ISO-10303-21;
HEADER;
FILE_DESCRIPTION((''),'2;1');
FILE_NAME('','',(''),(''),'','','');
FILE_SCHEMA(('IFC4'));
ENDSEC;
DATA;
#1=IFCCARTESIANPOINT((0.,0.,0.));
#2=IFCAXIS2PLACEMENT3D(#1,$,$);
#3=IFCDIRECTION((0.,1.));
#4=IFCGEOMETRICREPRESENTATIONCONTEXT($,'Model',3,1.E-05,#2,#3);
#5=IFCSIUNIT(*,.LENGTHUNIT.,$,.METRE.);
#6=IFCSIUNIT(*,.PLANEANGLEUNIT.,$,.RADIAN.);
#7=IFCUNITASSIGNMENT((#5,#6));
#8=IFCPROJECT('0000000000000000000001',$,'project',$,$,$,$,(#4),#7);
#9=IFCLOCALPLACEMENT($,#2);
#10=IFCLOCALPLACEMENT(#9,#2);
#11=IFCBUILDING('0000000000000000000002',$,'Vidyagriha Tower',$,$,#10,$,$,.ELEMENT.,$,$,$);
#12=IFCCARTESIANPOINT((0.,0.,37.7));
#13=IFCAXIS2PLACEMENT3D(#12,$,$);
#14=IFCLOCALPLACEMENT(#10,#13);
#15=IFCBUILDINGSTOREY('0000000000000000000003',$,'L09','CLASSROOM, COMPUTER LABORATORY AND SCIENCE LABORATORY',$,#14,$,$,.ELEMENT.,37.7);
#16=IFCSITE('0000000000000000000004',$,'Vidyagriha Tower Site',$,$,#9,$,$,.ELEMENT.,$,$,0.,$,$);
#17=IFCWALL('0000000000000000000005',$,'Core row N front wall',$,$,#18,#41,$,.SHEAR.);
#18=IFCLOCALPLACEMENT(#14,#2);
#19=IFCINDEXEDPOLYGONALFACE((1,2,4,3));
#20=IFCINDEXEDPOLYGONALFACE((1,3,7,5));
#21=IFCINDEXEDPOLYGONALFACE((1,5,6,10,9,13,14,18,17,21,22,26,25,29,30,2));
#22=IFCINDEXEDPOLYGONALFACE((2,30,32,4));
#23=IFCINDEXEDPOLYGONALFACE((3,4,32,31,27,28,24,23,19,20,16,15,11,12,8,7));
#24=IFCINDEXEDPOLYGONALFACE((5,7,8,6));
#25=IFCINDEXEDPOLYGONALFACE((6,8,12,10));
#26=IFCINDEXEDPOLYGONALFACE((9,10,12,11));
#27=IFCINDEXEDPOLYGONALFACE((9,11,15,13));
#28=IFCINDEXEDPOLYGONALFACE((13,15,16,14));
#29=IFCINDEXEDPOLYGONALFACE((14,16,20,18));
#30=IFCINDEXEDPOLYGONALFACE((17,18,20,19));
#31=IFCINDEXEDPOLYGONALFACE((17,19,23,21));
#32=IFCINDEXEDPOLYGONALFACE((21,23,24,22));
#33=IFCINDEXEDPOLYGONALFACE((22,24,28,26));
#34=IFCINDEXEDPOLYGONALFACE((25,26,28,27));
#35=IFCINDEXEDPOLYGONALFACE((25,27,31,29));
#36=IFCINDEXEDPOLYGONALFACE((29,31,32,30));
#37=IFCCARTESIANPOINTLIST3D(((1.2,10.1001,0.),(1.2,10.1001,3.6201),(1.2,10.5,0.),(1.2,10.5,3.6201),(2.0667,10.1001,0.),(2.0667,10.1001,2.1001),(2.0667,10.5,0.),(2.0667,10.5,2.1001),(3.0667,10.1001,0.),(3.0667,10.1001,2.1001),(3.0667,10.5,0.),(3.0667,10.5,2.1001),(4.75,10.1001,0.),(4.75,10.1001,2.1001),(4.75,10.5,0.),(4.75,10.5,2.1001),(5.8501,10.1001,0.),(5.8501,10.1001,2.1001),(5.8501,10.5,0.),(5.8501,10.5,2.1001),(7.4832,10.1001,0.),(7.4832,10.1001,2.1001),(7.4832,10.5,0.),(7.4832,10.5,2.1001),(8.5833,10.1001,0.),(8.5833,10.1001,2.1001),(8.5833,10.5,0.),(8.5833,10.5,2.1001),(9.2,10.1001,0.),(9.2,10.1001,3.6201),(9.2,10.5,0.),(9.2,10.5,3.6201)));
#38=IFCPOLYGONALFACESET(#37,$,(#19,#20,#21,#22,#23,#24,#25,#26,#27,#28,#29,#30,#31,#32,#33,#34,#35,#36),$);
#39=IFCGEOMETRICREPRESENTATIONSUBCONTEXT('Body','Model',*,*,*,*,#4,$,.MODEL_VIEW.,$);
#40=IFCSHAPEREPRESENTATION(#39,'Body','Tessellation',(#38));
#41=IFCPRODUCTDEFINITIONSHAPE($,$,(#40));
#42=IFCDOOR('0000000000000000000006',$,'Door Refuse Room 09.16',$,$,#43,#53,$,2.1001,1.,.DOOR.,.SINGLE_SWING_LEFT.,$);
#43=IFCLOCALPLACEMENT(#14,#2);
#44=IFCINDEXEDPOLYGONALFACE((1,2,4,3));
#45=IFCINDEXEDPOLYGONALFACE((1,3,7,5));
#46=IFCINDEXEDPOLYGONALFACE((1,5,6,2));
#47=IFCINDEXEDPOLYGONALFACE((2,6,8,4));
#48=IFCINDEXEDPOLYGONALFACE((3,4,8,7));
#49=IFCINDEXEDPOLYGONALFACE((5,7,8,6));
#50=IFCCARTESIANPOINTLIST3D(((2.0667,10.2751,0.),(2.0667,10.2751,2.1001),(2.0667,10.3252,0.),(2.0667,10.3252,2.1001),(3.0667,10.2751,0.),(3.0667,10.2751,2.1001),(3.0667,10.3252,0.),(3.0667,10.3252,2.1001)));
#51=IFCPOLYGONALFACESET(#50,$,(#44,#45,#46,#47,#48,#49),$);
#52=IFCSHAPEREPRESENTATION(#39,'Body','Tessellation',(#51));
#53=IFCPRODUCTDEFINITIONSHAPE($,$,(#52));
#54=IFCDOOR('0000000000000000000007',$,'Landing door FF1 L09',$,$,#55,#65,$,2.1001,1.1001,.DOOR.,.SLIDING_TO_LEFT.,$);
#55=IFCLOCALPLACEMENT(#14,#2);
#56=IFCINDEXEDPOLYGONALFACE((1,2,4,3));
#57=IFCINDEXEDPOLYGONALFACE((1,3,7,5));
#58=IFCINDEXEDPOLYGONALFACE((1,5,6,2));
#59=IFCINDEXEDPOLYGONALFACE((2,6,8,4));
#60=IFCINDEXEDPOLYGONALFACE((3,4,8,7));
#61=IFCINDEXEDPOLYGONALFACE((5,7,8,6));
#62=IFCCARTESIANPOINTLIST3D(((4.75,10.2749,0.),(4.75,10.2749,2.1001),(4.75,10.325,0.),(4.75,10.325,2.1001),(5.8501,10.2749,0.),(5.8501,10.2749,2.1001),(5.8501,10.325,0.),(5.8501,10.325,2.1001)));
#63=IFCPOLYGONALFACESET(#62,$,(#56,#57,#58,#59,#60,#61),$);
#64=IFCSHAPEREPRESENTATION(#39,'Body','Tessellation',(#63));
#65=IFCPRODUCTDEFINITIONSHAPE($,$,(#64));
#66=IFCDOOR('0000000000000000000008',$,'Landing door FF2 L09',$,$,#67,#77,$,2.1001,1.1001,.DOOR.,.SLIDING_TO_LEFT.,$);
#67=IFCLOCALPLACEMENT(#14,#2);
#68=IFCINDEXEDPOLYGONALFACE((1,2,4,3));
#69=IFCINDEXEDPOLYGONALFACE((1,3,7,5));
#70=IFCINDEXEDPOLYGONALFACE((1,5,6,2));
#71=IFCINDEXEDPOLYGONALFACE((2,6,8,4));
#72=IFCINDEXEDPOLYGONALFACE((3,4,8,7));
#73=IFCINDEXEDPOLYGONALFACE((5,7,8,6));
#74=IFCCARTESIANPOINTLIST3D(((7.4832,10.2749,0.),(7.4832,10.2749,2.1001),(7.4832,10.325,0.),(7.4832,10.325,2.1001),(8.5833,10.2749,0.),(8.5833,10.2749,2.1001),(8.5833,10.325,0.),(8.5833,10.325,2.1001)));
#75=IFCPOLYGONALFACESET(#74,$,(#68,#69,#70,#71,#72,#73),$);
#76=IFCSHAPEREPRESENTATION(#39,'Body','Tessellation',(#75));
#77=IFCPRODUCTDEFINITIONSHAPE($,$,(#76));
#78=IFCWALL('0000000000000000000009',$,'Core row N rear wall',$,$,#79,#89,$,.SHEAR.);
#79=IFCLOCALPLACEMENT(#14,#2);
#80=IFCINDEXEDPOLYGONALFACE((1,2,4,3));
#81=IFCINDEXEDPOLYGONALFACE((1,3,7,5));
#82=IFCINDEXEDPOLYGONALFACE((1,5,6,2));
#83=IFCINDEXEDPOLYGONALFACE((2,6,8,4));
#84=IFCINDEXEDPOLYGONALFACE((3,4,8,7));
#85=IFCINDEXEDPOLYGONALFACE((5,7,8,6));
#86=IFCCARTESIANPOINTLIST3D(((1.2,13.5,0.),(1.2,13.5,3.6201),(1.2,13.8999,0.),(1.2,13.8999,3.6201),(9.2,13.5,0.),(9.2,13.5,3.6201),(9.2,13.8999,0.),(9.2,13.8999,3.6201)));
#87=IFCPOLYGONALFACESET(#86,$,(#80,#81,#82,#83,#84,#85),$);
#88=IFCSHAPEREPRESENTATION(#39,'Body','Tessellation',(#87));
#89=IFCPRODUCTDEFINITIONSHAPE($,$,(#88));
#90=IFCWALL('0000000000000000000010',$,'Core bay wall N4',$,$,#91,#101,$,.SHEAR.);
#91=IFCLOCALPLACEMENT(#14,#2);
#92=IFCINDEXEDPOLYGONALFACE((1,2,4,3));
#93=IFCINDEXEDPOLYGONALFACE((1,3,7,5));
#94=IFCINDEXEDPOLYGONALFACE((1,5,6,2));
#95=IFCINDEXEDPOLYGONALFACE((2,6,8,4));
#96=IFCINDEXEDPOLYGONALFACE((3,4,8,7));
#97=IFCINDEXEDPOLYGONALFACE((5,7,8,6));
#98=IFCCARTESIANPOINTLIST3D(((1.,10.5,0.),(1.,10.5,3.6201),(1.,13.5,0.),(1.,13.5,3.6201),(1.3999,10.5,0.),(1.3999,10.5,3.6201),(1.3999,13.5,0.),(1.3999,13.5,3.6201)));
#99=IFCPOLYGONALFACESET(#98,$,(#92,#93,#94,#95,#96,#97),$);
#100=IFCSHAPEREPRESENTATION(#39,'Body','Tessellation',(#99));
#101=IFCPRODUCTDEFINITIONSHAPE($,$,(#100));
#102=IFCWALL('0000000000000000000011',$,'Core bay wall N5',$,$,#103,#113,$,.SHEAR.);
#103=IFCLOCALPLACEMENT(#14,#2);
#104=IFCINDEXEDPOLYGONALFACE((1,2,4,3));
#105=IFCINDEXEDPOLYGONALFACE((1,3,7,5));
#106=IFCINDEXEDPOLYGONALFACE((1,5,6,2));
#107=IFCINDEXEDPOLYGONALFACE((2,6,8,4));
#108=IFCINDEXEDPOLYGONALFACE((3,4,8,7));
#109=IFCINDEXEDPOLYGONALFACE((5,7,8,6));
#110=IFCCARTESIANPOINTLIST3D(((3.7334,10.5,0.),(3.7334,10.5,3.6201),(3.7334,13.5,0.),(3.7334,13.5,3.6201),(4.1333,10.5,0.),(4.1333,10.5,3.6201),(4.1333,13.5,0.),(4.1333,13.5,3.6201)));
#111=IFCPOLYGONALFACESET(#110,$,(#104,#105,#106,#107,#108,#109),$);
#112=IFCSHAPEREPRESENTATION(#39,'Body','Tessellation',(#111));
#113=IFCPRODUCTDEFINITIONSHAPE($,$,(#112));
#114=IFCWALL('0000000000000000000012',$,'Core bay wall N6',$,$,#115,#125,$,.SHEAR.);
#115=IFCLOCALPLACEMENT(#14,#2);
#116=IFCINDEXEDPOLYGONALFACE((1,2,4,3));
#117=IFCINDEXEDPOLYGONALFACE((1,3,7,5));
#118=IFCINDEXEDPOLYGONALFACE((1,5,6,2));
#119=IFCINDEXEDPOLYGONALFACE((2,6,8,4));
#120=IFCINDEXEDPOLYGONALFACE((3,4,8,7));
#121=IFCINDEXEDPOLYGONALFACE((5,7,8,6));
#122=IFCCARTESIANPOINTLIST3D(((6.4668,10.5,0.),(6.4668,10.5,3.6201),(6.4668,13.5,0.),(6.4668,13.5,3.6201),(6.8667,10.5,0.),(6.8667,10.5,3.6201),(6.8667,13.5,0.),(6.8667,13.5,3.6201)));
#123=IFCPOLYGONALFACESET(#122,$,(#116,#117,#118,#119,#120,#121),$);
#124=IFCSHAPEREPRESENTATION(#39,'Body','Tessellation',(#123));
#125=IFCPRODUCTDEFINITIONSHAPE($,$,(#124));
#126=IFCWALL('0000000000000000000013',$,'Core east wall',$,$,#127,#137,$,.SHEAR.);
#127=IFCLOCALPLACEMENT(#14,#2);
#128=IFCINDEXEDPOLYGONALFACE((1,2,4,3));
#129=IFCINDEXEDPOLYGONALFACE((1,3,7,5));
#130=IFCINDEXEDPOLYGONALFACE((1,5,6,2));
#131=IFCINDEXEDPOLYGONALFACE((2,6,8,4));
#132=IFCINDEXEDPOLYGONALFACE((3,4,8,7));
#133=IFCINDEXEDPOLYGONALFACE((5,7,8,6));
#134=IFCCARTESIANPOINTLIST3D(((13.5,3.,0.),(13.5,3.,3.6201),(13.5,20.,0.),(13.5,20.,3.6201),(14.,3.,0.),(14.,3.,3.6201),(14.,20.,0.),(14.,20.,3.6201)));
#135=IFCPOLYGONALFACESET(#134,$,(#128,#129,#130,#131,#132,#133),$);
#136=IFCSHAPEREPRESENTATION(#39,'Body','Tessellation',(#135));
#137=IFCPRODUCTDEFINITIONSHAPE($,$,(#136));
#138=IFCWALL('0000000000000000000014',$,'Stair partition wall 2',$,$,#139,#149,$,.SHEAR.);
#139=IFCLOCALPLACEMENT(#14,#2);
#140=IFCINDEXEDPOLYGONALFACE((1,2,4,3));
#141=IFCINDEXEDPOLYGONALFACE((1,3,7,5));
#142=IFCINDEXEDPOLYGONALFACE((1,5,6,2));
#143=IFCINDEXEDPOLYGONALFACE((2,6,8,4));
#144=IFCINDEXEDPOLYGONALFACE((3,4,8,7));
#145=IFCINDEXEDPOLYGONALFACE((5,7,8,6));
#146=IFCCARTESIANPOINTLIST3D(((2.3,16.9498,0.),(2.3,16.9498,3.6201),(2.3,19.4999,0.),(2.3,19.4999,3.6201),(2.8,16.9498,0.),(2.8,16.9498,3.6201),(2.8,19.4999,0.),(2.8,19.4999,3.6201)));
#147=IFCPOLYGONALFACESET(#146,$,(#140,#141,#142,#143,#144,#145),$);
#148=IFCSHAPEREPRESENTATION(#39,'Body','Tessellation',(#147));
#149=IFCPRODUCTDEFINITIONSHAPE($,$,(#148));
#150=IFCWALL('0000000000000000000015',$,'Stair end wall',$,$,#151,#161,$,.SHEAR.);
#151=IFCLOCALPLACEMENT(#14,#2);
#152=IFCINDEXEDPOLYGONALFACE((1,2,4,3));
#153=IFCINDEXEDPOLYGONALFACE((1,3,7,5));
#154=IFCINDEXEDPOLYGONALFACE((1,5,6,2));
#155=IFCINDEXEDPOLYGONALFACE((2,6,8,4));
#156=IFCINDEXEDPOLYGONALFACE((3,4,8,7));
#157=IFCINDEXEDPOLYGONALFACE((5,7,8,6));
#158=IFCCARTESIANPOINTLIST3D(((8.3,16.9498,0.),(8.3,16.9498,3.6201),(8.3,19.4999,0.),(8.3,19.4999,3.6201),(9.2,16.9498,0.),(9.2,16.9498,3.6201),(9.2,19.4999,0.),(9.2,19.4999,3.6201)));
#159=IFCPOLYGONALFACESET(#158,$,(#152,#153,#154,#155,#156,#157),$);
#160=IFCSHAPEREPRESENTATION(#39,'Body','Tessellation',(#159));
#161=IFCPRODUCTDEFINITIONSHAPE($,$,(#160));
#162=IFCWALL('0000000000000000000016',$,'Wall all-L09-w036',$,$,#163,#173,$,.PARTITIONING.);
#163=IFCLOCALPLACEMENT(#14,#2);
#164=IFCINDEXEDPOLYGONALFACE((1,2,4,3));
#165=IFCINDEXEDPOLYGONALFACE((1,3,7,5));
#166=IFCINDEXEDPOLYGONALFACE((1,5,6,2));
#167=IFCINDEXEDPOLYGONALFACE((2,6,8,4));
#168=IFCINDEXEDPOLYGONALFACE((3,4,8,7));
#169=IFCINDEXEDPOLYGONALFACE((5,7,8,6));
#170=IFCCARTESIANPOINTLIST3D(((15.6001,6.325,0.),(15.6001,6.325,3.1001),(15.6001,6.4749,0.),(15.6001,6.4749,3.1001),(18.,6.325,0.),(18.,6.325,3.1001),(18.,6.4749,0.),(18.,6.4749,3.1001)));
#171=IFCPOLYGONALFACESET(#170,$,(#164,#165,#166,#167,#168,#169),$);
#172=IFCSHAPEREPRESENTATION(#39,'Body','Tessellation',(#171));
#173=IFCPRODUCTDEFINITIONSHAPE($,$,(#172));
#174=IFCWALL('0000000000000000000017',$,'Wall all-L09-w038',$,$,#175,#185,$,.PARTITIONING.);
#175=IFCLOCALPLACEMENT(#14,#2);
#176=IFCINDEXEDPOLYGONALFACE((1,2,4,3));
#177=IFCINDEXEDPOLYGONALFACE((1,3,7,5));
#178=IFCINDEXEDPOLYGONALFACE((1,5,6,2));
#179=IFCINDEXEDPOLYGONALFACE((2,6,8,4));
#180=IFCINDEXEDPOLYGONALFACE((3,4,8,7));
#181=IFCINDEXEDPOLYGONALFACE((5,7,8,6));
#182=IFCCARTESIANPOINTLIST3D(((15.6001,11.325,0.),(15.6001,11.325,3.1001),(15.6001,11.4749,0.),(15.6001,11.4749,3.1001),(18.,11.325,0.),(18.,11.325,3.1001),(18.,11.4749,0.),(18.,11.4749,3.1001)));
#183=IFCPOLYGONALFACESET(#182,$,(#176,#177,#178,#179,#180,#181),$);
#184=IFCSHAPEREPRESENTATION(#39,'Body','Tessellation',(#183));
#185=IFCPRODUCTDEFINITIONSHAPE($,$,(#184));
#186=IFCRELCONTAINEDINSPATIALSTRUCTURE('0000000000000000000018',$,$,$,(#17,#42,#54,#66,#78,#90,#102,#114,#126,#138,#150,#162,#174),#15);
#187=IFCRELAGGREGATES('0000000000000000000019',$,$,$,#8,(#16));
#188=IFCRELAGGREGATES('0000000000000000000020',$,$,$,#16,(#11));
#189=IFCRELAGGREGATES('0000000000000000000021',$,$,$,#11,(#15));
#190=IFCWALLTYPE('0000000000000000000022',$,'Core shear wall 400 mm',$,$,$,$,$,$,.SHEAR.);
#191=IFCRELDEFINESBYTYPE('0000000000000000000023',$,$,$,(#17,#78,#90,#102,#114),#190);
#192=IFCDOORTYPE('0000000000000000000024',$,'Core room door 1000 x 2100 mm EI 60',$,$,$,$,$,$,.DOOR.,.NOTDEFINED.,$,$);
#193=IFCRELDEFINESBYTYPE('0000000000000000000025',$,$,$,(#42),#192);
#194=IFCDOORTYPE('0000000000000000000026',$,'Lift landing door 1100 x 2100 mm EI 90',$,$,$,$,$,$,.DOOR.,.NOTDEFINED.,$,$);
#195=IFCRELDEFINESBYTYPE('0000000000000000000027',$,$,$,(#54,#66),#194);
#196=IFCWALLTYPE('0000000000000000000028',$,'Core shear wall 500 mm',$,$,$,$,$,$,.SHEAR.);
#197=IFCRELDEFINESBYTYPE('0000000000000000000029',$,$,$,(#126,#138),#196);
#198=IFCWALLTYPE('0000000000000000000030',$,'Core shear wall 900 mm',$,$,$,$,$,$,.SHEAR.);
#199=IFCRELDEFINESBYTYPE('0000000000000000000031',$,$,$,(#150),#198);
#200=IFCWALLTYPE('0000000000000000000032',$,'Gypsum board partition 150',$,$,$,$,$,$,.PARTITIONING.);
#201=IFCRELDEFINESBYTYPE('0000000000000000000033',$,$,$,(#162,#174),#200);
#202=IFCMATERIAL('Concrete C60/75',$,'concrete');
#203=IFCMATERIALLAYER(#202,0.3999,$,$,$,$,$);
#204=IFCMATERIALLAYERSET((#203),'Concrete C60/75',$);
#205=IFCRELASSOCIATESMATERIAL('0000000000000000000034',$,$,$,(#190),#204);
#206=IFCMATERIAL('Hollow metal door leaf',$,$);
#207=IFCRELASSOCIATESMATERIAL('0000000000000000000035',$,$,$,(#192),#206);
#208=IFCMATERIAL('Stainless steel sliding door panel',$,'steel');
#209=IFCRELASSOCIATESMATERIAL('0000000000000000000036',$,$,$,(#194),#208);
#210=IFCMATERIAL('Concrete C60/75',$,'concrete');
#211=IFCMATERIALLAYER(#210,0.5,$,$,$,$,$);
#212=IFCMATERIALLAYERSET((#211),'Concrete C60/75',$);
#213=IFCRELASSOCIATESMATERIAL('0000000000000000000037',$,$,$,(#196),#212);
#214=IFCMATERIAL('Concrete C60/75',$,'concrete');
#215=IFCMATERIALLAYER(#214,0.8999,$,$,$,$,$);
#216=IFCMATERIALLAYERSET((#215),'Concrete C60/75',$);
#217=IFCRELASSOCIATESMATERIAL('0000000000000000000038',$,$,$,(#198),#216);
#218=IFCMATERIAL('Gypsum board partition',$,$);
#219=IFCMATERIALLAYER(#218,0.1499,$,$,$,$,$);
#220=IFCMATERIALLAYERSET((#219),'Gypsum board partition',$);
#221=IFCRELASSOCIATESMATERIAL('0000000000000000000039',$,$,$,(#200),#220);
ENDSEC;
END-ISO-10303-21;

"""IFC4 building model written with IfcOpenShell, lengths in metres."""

from ifc_helpers import new_model, si_unit, direction, frame, frame_2d, origin, place, context, subcontext, project, spatial, rectangle, extrude, material, layer, layer_set, type_object, element, fill, save


model = new_model("IFC4")

# Units and contexts
model_context = context("Model", 3, precision=1e-05, world=origin(), true_north=direction((0.0, 1.0)))
body_context = subcontext(model_context, "Body", "Model", "MODEL_VIEW")
ifc_project = project(units=[si_unit("LENGTHUNIT", "METRE"), si_unit("PLANEANGLEUNIT", "RADIAN")], contexts=[model_context])

# Site, building, storey
site_placement = place(None, origin())
site = spatial("IfcSite", under=ifc_project, at=site_placement, Name="Vidyagriha Tower Site", CompositionType="ELEMENT", RefElevation=0.0)
building_placement = place(site_placement, origin())
building = spatial("IfcBuilding", under=site, at=building_placement, Name="Vidyagriha Tower", CompositionType="ELEMENT")
storey_placement = place(building_placement, frame((0.0, 0.0, 37.7)))
storey = spatial("IfcBuildingStorey", under=building, at=storey_placement, Name="L09", Description="CLASSROOM, COMPUTER LABORATORY AND SCIENCE LABORATORY", CompositionType="ELEMENT", Elevation=37.7)

# Shared definitions
ifc_material_1 = material(Name="Concrete C60/75", Category="concrete")
ifc_layer_1 = layer(ifc_material_1, 0.3999)
ifc_layer_set_1 = layer_set([ifc_layer_1], Name="Concrete C60/75")
wall_type_1 = type_object("IfcWallType", Name="Core shear wall 400 mm", PredefinedType="SHEAR", material=ifc_layer_set_1)
ifc_material_2 = material(Name="Hollow metal door leaf")
door_type_1 = type_object("IfcDoorType", Name="Core room door 1000 x 2100 mm EI 60", OperationType="NOTDEFINED", PredefinedType="DOOR", material=ifc_material_2)

# Wall, openings, doors
wall_1_placement = place(storey_placement, frame((1.2, 10.3, 0.0)))
wall_1 = element("IfcWall", 1, at=wall_1_placement, inside=storey, type_object=wall_type_1, Name="Core row N front wall", PredefinedType="SHEAR", context=body_context, shape_type="SweptSolid", body=[
    extrude(rectangle(XDim=8.0, YDim=0.3999, at=frame_2d((4.0, 0.0))), origin(), (0.0, 0.0, 1.0), 3.6201),
])
opening_1_placement = place(wall_1_placement, frame((3.55, 0.0, 0.0)))
opening_1 = element("IfcOpeningElement", 2, at=opening_1_placement, cuts=wall_1, PredefinedType="OPENING", context=body_context, shape_type="SweptSolid", body=[
    extrude(rectangle(XDim=1.1001, YDim=2.1001, at=frame_2d((0.55, 1.05))), frame((0.0, 0.21, 0.0), z_axis=(0.0, -1.0, 0.0), x_axis=(1.0, 0.0, 0.0)), (0.0, 0.0, 1.0), 0.4199),
])
opening_2_placement = place(wall_1_placement, frame((6.2832, 0.0, 0.0)))
opening_2 = element("IfcOpeningElement", 3, at=opening_2_placement, cuts=wall_1, PredefinedType="OPENING", context=body_context, shape_type="SweptSolid", body=[
    extrude(rectangle(XDim=1.1001, YDim=2.1001, at=frame_2d((0.55, 1.05))), frame((0.0, 0.21, 0.0), z_axis=(0.0, -1.0, 0.0), x_axis=(1.0, 0.0, 0.0)), (0.0, 0.0, 1.0), 0.4199),
])
opening_3_placement = place(wall_1_placement, frame((0.8667, 0.0, 0.0)))
opening_3 = element("IfcOpeningElement", 4, at=opening_3_placement, cuts=wall_1, PredefinedType="OPENING", context=body_context, shape_type="SweptSolid", body=[
    extrude(rectangle(XDim=1.0, YDim=2.1001, at=frame_2d((0.5, 1.05))), frame((0.0, 0.21, 0.0), z_axis=(0.0, -1.0, 0.0), x_axis=(1.0, 0.0, 0.0)), (0.0, 0.0, 1.0), 0.4199),
])
door_1_placement = place(opening_3_placement, frame((1.0, 0.0, 0.0), z_axis=(0.0, 0.0, 1.0), x_axis=(-1.0, 0.0, 0.0)))
door_1 = element("IfcDoor", 5, at=door_1_placement, inside=storey, type_object=door_type_1, Name="Door Refuse Room 09.16", OperationType="SINGLE_SWING_LEFT", OverallHeight=2.1001, OverallWidth=1.0, PredefinedType="DOOR", context=body_context, shape_type="SweptSolid", body=[
    extrude(rectangle(XDim=1.0, YDim=2.1001, at=frame_2d((0.5, 1.05))), frame((0.0, 0.0249, 0.0), z_axis=(0.0, -1.0, 0.0), x_axis=(1.0, 0.0, 0.0)), (0.0, 0.0, 1.0), 0.05),
])
fill(opening_3, door_1)
ifc_material_3 = material(Name="Stainless steel sliding door panel", Category="steel")
door_type_2 = type_object("IfcDoorType", Name="Lift landing door 1100 x 2100 mm EI 90", OperationType="NOTDEFINED", PredefinedType="DOOR", material=ifc_material_3)
door_2_placement = place(opening_1_placement, origin())
door_2 = element("IfcDoor", 6, at=door_2_placement, inside=storey, type_object=door_type_2, Name="Landing door FF1 L09", OperationType="SLIDING_TO_LEFT", OverallHeight=2.1001, OverallWidth=1.1001, PredefinedType="DOOR", context=body_context, shape_type="SweptSolid", body=[
    extrude(rectangle(XDim=1.1001, YDim=2.1001, at=frame_2d((0.55, 1.05))), frame((0.0, 0.0249, 0.0), z_axis=(0.0, -1.0, 0.0), x_axis=(1.0, 0.0, 0.0)), (0.0, 0.0, 1.0), 0.05),
])
fill(opening_1, door_2)
door_3_placement = place(opening_2_placement, origin())
door_3 = element("IfcDoor", 7, at=door_3_placement, inside=storey, type_object=door_type_2, Name="Landing door FF2 L09", OperationType="SLIDING_TO_LEFT", OverallHeight=2.1001, OverallWidth=1.1001, PredefinedType="DOOR", context=body_context, shape_type="SweptSolid", body=[
    extrude(rectangle(XDim=1.1001, YDim=2.1001, at=frame_2d((0.55, 1.05))), frame((0.0, 0.0249, 0.0), z_axis=(0.0, -1.0, 0.0), x_axis=(1.0, 0.0, 0.0)), (0.0, 0.0, 1.0), 0.05),
])
fill(opening_2, door_3)

# Walls
wall_2_placement = place(storey_placement, frame((1.2, 13.7, 0.0)))
element("IfcWall", 8, at=wall_2_placement, inside=storey, type_object=wall_type_1, Name="Core row N rear wall", PredefinedType="SHEAR", context=body_context, shape_type="SweptSolid", body=[
    extrude(rectangle(XDim=8.0, YDim=0.3999, at=frame_2d((4.0, 0.0))), origin(), (0.0, 0.0, 1.0), 3.6201),
])
for number, where, z_axis, x_axis, name in (
    (9, (1.2, 10.5, 0.0), (0.0, 0.0, 1.0), (0.0, 1.0, 0.0), "Core bay wall N4"),
    (10, (3.9333, 10.5, 0.0), (0.0, 0.0, 1.0), (0.0, 1.0, 0.0), "Core bay wall N5"),
    (11, (6.6667, 10.5, 0.0), (0.0, 0.0, 1.0), (0.0, 1.0, 0.0), "Core bay wall N6"),
):
    element("IfcWall", number, at=place(storey_placement, frame(where, z_axis=z_axis, x_axis=x_axis)), inside=storey, type_object=wall_type_1, Name=name, PredefinedType="SHEAR", context=body_context, shape_type="SweptSolid", body=[
        extrude(rectangle(XDim=3.0, YDim=0.3999, at=frame_2d((1.5, 0.0))), origin(), (0.0, 0.0, 1.0), 3.6201),
    ])
ifc_material_4 = material(Name="Concrete C60/75", Category="concrete")
ifc_layer_2 = layer(ifc_material_4, 0.5)
ifc_layer_set_2 = layer_set([ifc_layer_2], Name="Concrete C60/75")
wall_type_2 = type_object("IfcWallType", Name="Core shear wall 500 mm", PredefinedType="SHEAR", material=ifc_layer_set_2)
wall_3_placement = place(storey_placement, frame((13.75, 3.0, 0.0), z_axis=(0.0, 0.0, 1.0), x_axis=(0.0, 1.0, 0.0)))
element("IfcWall", 12, at=wall_3_placement, inside=storey, type_object=wall_type_2, Name="Core east wall", PredefinedType="SHEAR", context=body_context, shape_type="SweptSolid", body=[
    extrude(rectangle(XDim=17.0, YDim=0.5, at=frame_2d((8.5, 0.0))), origin(), (0.0, 0.0, 1.0), 3.6201),
])
wall_4_placement = place(storey_placement, frame((2.55, 16.95, 0.0), z_axis=(0.0, 0.0, 1.0), x_axis=(0.0, 1.0, 0.0)))
element("IfcWall", 13, at=wall_4_placement, inside=storey, type_object=wall_type_2, Name="Stair partition wall 2", PredefinedType="SHEAR", context=body_context, shape_type="SweptSolid", body=[
    extrude(rectangle(XDim=2.55, YDim=0.5, at=frame_2d((1.2749, 0.0))), origin(), (0.0, 0.0, 1.0), 3.6201),
])
ifc_material_5 = material(Name="Concrete C60/75", Category="concrete")
ifc_layer_3 = layer(ifc_material_5, 0.8999)
ifc_layer_set_3 = layer_set([ifc_layer_3], Name="Concrete C60/75")
wall_type_3 = type_object("IfcWallType", Name="Core shear wall 900 mm", PredefinedType="SHEAR", material=ifc_layer_set_3)
wall_5_placement = place(storey_placement, frame((8.75, 16.95, 0.0), z_axis=(0.0, 0.0, 1.0), x_axis=(0.0, 1.0, 0.0)))
element("IfcWall", 14, at=wall_5_placement, inside=storey, type_object=wall_type_3, Name="Stair end wall", PredefinedType="SHEAR", context=body_context, shape_type="SweptSolid", body=[
    extrude(rectangle(XDim=2.55, YDim=0.8999, at=frame_2d((1.2749, 0.0))), origin(), (0.0, 0.0, 1.0), 3.6201),
])
ifc_material_6 = material(Name="Gypsum board partition")
ifc_layer_4 = layer(ifc_material_6, 0.1499)
ifc_layer_set_4 = layer_set([ifc_layer_4], Name="Gypsum board partition")
wall_type_4 = type_object("IfcWallType", Name="Gypsum board partition 150", PredefinedType="PARTITIONING", material=ifc_layer_set_4)
for number, where, name in (
    (15, (15.6001, 6.3999, 0.0), "Wall all-L09-w036"),
    (16, (15.6001, 11.3999, 0.0), "Wall all-L09-w038"),
):
    element("IfcWall", number, at=place(storey_placement, frame(where)), inside=storey, type_object=wall_type_4, Name=name, PredefinedType="PARTITIONING", context=body_context, shape_type="SweptSolid", body=[
        extrude(rectangle(XDim=2.3999, YDim=0.1499, at=frame_2d((1.2, 0.0))), origin(), (0.0, 0.0, 1.0), 3.1001),
    ])

save(model, "model.ifc")
